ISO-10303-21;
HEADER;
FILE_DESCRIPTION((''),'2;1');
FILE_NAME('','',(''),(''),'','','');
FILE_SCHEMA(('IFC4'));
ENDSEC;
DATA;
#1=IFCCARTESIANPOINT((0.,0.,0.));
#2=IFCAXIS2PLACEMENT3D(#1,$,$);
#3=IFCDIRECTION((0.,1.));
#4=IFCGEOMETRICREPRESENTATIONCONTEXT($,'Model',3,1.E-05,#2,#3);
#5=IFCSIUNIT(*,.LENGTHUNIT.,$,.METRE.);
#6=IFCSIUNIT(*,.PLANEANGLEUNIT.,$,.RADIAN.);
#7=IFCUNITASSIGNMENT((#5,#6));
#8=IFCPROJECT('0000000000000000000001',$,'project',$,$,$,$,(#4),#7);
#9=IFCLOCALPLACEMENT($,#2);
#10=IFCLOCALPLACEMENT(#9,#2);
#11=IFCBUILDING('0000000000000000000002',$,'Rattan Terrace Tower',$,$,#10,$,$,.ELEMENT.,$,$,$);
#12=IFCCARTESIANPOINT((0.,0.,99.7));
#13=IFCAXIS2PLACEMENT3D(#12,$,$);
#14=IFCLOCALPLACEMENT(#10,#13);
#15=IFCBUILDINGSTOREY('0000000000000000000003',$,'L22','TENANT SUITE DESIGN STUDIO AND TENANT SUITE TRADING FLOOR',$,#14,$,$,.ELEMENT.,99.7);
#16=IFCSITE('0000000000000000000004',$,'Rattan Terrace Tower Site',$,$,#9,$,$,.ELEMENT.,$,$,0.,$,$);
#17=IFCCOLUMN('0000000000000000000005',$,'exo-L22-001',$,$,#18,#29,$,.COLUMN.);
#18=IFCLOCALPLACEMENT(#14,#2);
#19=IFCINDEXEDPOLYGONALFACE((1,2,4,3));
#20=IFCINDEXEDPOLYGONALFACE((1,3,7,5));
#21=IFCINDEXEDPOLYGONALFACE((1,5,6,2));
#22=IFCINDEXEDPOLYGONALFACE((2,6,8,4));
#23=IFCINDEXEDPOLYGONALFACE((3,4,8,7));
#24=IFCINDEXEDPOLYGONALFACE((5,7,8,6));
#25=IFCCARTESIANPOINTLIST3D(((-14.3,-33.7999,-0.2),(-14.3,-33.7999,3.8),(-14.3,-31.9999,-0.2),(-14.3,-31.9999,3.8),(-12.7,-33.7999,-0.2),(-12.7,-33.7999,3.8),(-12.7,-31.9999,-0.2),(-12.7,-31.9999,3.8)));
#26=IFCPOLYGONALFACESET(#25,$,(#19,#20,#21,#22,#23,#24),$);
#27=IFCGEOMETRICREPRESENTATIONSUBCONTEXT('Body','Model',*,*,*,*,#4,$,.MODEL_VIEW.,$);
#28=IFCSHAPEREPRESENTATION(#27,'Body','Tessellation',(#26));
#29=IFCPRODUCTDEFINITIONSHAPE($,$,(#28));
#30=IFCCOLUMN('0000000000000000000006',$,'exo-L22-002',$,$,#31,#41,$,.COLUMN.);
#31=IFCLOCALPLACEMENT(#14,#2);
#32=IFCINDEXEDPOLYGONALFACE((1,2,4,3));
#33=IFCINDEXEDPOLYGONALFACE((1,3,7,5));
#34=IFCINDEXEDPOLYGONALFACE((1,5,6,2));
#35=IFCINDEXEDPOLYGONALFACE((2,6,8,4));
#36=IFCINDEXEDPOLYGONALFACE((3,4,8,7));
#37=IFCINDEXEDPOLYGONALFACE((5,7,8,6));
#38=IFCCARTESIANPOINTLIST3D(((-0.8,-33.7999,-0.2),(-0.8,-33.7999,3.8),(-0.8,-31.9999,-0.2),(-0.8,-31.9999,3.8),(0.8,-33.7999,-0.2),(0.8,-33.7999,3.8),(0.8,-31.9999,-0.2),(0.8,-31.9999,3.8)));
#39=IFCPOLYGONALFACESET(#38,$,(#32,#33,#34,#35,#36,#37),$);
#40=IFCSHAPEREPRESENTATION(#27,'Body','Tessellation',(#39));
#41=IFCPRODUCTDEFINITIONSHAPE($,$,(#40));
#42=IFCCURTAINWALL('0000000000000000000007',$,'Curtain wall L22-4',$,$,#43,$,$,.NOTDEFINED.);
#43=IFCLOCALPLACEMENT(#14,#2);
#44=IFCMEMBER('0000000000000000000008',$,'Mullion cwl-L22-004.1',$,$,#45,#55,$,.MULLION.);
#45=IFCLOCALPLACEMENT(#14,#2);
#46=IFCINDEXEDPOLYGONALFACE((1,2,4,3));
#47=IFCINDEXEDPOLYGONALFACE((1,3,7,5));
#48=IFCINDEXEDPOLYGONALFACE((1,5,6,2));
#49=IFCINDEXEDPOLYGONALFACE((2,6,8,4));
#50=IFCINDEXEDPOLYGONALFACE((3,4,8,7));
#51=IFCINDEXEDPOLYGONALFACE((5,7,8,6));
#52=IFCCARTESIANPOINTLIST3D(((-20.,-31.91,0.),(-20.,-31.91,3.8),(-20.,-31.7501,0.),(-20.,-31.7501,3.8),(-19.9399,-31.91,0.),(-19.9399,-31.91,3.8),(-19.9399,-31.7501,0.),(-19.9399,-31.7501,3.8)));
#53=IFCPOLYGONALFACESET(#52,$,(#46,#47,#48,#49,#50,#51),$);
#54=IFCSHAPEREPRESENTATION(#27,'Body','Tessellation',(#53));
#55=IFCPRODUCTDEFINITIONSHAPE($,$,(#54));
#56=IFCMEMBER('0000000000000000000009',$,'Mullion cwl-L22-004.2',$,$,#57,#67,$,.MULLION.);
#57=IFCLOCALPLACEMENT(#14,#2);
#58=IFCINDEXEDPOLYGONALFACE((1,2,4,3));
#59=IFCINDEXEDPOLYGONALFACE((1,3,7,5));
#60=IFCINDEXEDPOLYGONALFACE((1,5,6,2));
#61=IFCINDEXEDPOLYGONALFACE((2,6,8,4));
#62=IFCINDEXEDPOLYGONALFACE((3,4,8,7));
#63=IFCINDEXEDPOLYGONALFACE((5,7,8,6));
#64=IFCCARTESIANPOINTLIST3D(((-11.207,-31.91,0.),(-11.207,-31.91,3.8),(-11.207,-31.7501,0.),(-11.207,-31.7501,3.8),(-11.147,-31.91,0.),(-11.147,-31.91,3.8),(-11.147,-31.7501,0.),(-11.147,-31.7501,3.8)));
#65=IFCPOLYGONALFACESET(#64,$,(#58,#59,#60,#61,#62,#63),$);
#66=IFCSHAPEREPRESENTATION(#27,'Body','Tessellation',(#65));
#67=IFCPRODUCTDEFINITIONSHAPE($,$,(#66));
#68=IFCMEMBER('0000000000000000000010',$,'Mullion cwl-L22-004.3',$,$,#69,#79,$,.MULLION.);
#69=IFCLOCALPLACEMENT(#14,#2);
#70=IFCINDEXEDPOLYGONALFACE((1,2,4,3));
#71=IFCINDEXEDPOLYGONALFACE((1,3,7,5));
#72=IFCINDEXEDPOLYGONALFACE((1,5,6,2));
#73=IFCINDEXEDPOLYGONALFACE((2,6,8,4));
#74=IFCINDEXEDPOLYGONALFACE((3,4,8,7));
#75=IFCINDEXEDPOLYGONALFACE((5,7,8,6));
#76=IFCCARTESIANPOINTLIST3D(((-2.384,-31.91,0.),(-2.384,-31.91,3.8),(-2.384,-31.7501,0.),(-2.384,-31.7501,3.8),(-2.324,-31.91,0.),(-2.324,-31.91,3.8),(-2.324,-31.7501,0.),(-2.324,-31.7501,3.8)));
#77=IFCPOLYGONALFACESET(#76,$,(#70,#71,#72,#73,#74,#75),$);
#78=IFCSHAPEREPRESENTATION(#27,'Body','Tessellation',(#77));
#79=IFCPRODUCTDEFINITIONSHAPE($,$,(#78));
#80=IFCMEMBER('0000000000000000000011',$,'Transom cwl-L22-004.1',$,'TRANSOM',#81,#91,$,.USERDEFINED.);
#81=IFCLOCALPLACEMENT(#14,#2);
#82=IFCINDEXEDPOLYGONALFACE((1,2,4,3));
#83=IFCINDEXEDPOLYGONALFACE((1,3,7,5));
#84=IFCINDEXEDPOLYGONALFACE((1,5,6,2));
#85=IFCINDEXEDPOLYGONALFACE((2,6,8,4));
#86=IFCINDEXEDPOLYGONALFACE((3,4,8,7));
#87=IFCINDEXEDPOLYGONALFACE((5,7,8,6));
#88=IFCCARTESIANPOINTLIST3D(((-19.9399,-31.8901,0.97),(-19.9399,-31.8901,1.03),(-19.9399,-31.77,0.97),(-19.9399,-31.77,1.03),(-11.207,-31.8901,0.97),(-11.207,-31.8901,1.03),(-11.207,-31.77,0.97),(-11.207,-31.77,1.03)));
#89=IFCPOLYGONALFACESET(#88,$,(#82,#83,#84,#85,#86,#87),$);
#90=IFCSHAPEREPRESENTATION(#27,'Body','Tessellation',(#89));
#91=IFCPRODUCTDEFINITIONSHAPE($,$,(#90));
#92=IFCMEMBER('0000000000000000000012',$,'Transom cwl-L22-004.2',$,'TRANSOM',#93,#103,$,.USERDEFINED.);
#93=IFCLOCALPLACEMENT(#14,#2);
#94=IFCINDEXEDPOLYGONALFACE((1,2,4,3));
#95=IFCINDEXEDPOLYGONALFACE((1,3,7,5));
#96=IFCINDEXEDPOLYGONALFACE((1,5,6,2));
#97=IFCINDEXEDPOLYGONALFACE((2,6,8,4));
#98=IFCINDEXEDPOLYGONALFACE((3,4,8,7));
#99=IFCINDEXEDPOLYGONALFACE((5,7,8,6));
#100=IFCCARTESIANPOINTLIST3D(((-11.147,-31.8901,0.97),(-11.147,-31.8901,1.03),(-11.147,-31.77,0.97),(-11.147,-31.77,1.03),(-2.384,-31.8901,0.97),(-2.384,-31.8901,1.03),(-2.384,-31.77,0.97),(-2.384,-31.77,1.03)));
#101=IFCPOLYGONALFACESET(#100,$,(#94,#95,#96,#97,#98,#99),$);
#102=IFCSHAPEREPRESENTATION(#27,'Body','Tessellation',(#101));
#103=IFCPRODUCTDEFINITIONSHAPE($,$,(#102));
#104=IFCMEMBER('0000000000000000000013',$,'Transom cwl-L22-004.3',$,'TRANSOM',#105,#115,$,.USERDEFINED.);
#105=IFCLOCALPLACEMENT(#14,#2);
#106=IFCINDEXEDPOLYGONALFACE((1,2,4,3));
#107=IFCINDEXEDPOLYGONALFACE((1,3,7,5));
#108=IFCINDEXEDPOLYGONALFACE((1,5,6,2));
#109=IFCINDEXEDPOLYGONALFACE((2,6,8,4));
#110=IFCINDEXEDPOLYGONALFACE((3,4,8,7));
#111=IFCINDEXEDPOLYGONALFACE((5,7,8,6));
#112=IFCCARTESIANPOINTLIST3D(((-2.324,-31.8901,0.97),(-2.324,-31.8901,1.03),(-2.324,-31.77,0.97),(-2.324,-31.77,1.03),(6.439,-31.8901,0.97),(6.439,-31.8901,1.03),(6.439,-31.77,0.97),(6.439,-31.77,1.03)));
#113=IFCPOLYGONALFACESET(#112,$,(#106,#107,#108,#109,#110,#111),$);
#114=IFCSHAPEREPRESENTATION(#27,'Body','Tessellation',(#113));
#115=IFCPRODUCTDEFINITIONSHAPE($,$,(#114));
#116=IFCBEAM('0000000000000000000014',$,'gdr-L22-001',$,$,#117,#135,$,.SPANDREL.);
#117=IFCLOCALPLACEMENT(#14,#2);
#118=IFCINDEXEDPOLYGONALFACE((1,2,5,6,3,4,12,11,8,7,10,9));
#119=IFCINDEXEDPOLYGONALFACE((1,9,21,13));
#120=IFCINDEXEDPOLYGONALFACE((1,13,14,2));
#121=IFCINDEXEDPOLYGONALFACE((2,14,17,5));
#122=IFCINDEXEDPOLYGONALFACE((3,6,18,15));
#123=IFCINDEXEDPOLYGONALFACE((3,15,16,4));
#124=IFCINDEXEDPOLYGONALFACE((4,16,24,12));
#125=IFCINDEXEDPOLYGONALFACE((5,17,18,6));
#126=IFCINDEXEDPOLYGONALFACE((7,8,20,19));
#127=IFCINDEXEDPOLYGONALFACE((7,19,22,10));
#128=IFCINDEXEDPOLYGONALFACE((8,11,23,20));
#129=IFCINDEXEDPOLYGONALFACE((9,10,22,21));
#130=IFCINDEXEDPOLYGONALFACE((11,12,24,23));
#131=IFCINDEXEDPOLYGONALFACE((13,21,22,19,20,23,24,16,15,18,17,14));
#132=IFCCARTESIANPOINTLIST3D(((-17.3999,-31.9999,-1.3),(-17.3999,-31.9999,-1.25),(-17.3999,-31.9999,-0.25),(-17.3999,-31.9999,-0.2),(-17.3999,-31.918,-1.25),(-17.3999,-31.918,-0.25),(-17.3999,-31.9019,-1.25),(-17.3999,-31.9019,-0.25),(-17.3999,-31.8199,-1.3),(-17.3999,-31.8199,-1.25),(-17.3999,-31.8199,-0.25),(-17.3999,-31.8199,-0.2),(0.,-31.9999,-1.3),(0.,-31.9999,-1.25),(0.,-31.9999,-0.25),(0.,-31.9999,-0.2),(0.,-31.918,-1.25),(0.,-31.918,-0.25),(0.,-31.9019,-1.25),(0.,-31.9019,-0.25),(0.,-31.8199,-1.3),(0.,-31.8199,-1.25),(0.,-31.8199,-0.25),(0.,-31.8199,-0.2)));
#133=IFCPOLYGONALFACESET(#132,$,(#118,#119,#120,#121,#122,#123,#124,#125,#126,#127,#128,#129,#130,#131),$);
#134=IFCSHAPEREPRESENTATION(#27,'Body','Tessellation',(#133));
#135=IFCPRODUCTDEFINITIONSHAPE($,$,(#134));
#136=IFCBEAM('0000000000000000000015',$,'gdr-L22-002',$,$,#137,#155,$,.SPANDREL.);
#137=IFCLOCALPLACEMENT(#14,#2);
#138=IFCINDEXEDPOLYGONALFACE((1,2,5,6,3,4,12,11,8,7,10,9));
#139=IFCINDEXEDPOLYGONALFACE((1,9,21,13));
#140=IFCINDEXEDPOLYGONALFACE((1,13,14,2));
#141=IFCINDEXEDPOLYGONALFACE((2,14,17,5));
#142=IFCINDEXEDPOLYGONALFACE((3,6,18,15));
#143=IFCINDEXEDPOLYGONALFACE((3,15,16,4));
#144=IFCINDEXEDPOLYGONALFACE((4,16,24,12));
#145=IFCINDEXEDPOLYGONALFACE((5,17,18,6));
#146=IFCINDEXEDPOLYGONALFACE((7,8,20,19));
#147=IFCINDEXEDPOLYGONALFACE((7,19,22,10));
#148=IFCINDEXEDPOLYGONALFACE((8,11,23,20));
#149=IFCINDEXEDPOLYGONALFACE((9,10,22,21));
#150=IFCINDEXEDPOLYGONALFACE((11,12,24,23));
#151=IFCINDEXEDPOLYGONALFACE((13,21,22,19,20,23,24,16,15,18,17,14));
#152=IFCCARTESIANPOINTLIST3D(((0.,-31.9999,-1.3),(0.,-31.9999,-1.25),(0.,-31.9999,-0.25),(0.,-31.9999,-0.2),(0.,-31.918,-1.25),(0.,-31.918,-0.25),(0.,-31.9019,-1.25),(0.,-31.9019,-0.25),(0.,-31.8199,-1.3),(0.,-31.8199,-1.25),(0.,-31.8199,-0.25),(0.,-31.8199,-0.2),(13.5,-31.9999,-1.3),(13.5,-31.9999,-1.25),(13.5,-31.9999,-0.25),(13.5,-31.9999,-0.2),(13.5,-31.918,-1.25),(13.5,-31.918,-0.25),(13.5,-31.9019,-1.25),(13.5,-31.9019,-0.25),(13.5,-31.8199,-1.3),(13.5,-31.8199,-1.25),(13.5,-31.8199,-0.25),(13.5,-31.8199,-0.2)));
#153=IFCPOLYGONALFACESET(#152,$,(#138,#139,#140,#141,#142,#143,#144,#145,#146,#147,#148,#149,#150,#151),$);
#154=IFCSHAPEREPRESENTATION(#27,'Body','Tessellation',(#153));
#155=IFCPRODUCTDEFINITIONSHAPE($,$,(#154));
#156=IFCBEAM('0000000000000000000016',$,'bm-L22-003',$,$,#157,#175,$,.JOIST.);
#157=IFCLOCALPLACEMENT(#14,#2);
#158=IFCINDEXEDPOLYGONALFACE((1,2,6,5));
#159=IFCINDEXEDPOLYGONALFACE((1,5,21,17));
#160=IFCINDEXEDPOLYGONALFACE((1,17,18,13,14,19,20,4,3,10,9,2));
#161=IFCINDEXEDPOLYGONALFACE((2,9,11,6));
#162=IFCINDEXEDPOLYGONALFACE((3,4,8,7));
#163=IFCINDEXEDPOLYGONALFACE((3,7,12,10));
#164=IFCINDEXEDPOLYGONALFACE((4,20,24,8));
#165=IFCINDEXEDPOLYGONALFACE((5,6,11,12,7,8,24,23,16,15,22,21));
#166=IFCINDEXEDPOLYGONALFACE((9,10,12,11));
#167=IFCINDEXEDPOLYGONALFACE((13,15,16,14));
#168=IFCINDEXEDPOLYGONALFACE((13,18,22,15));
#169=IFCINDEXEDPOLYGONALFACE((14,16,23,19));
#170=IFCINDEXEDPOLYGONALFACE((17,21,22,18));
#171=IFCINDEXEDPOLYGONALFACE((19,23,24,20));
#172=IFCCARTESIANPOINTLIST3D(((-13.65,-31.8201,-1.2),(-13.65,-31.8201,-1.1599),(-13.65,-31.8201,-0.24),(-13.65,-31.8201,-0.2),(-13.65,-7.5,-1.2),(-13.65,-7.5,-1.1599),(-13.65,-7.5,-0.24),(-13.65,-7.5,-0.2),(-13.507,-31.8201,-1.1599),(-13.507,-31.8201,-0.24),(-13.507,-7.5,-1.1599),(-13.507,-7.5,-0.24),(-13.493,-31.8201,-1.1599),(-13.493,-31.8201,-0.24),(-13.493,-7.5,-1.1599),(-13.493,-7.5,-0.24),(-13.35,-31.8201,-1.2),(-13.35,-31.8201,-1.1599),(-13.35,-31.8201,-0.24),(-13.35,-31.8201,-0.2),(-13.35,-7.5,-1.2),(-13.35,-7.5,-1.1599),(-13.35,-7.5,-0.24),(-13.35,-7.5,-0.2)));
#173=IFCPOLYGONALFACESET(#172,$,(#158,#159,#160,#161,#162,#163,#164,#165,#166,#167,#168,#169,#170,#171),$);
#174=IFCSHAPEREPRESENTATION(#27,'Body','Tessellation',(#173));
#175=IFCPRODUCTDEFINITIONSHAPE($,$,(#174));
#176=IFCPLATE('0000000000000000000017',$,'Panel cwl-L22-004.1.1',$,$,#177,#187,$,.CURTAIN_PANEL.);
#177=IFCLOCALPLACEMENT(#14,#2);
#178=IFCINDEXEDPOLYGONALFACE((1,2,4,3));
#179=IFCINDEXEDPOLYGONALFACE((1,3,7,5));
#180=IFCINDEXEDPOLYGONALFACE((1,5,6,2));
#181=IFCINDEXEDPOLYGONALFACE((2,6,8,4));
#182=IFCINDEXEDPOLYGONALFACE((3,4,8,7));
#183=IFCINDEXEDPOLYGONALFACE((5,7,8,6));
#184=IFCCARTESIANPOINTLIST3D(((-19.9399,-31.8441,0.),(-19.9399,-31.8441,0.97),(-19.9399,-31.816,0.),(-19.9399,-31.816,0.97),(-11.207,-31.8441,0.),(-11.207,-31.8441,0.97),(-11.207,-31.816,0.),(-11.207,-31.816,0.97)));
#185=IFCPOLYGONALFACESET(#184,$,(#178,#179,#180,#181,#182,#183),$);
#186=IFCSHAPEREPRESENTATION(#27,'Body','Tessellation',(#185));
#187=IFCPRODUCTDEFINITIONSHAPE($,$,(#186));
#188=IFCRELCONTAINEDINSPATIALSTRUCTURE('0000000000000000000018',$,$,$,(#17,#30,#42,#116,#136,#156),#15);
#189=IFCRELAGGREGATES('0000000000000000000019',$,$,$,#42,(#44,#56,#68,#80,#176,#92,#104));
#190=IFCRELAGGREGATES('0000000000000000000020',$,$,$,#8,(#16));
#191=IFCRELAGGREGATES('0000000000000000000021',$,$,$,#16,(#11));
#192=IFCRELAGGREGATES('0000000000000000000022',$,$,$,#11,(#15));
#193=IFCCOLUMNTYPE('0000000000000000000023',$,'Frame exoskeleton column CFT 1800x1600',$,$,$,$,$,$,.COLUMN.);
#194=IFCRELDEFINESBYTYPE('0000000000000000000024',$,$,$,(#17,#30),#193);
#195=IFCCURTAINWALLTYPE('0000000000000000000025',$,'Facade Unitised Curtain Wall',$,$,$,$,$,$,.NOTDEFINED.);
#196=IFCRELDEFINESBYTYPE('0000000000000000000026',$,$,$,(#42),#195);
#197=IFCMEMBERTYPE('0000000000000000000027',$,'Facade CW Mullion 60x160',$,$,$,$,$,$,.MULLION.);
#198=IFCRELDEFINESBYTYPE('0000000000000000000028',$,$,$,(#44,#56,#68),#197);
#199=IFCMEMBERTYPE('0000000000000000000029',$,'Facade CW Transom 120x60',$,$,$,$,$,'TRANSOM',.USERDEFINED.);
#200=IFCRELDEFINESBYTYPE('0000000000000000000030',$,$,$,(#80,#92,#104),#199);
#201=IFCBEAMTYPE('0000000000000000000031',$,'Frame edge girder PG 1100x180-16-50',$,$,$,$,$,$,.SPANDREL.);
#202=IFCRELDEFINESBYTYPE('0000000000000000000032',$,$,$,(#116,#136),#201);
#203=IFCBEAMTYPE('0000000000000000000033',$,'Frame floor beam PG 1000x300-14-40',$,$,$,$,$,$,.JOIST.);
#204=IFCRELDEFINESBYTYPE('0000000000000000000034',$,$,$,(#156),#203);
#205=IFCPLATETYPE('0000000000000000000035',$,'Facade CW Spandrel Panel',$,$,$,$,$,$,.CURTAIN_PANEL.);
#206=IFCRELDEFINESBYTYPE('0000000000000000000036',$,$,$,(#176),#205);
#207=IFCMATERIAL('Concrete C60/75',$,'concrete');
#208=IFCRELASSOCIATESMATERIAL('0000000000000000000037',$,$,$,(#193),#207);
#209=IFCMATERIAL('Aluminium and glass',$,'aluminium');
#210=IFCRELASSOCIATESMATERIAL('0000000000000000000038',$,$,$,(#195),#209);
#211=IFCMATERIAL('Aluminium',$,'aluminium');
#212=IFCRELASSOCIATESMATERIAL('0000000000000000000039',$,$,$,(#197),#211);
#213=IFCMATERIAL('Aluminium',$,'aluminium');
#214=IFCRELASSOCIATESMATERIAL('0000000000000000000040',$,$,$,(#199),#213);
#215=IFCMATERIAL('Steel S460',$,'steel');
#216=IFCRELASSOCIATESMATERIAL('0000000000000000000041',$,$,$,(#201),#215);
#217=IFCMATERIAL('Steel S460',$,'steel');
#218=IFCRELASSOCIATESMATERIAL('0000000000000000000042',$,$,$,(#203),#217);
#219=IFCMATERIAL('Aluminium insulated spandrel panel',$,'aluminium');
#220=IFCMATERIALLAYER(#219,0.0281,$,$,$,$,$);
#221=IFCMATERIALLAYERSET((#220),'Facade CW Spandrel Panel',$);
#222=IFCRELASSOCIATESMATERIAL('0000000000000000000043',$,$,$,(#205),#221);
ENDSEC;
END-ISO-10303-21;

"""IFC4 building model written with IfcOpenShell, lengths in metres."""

from ifc_helpers import new_model, si_unit, direction, frame, origin, origin_2d, place, context, subcontext, project, spatial, rectangle, i_section, extrude, material, layer, layer_set, material_profile, profile_set, type_object, element, aggregate, save


model = new_model("IFC4")

# Units and contexts
model_context = context("Model", 3, precision=1e-05, world=origin(), true_north=direction((0.0, 1.0)))
body_context = subcontext(model_context, "Body", "Model", "MODEL_VIEW")
ifc_project = project(units=[si_unit("LENGTHUNIT", "METRE"), si_unit("PLANEANGLEUNIT", "RADIAN")], contexts=[model_context])

# Site, building, storey
site_placement = place(None, origin())
site = spatial("IfcSite", under=ifc_project, at=site_placement, Name="Rattan Terrace Tower Site", CompositionType="ELEMENT", RefElevation=0.0)
building_placement = place(site_placement, origin())
building = spatial("IfcBuilding", under=site, at=building_placement, Name="Rattan Terrace Tower", CompositionType="ELEMENT")
storey_placement = place(building_placement, frame((0.0, 0.0, 99.7)))
storey = spatial("IfcBuildingStorey", under=building, at=storey_placement, Name="L22", Description="TENANT SUITE DESIGN STUDIO AND TENANT SUITE TRADING FLOOR", CompositionType="ELEMENT", Elevation=99.7)

# Columns
ifc_material_1 = material(Name="Concrete C60/75", Category="concrete")
ifc_material_profile_1 = material_profile(ifc_material_1, rectangle(XDim=1.6001, YDim=1.8, at=origin_2d()), Name="CFT 1800x1600")
ifc_profile_set_1 = profile_set([ifc_material_profile_1], Name="Concrete C60/75")
column_type = type_object("IfcColumnType", Name="Frame exoskeleton column CFT 1800x1600", PredefinedType="COLUMN", material=ifc_profile_set_1)
for number, where, z_axis, x_axis, name in (
    (1, (-13.5, -32.8999, -0.2), (0.0, 0.0, 1.0), (1.0, 0.0, 0.0), "exo-L22-001"),
    (2, (0.0, -32.8999, -0.2), (0.0, 0.0, 1.0), (1.0, 0.0, 0.0), "exo-L22-002"),
):
    element("IfcColumn", number, at=place(storey_placement, frame(where, z_axis=z_axis, x_axis=x_axis)), inside=storey, type_object=column_type, Name=name, PredefinedType="COLUMN", context=body_context, shape_type="SweptSolid", body=[
        extrude(rectangle(XDim=1.6001, YDim=1.8, at=origin_2d()), origin(), (0.0, 0.0, 1.0), 4.0),
    ])

# Curtain wall, members
ifc_material_2 = material(Name="Aluminium and glass", Category="aluminium")
curtain_wall_type = type_object("IfcCurtainWallType", Name="Facade Unitised Curtain Wall", PredefinedType="NOTDEFINED", material=ifc_material_2)
curtain_wall_placement = place(storey_placement, origin())
curtain_wall = element("IfcCurtainWall", 3, at=curtain_wall_placement, inside=storey, type_object=curtain_wall_type, Name="Curtain wall L22-4", PredefinedType="NOTDEFINED")
ifc_material_3 = material(Name="Aluminium", Category="aluminium")
ifc_material_profile_2 = material_profile(ifc_material_3, rectangle(XDim=0.0601, YDim=0.1599, at=origin_2d()), Name="Aluminium 60x160")
ifc_profile_set_2 = profile_set([ifc_material_profile_2], Name="Aluminium")
member_type_1 = type_object("IfcMemberType", Name="Facade CW Mullion 60x160", PredefinedType="MULLION", material=ifc_profile_set_2)
member_1_placement = place(storey_placement, frame((-19.97, -31.8301, 0.0), z_axis=(0.0, 0.0, 1.0), x_axis=(1.0, 0.0, 0.0)))
member_1 = element("IfcMember", 4, at=member_1_placement, type_object=member_type_1, Name="Mullion cwl-L22-004.1", PredefinedType="MULLION", context=body_context, shape_type="SweptSolid", body=[
    extrude(rectangle(XDim=0.0601, YDim=0.1599, at=origin_2d()), origin(), (0.0, 0.0, 1.0), 3.8),
])
member_2_placement = place(storey_placement, frame((-11.177, -31.8301, 0.0), z_axis=(0.0, 0.0, 1.0), x_axis=(1.0, 0.0, 0.0)))
member_2 = element("IfcMember", 5, at=member_2_placement, type_object=member_type_1, Name="Mullion cwl-L22-004.2", PredefinedType="MULLION", context=body_context, shape_type="SweptSolid", body=[
    extrude(rectangle(XDim=0.0601, YDim=0.1599, at=origin_2d()), origin(), (0.0, 0.0, 1.0), 3.8),
])
member_3_placement = place(storey_placement, frame((-2.354, -31.8301, 0.0), z_axis=(0.0, 0.0, 1.0), x_axis=(1.0, 0.0, 0.0)))
member_3 = element("IfcMember", 6, at=member_3_placement, type_object=member_type_1, Name="Mullion cwl-L22-004.3", PredefinedType="MULLION", context=body_context, shape_type="SweptSolid", body=[
    extrude(rectangle(XDim=0.0601, YDim=0.1599, at=origin_2d()), origin(), (0.0, 0.0, 1.0), 3.8),
])
ifc_material_4 = material(Name="Aluminium", Category="aluminium")
ifc_material_profile_3 = material_profile(ifc_material_4, rectangle(XDim=0.1201, YDim=0.0601, at=origin_2d()), Name="Aluminium 120x60")
ifc_profile_set_3 = profile_set([ifc_material_profile_3], Name="Aluminium")
member_type_2 = type_object("IfcMemberType", Name="Facade CW Transom 120x60", ElementType="TRANSOM", PredefinedType="USERDEFINED", material=ifc_profile_set_3)
member_4_placement = place(storey_placement, frame((-19.9399, -31.8301, 1.0), z_axis=(1.0, 0.0, 0.0), x_axis=(0.0, 1.0, 0.0)))
member_4 = element("IfcMember", 7, at=member_4_placement, type_object=member_type_2, Name="Transom cwl-L22-004.1", ObjectType="TRANSOM", PredefinedType="USERDEFINED", context=body_context, shape_type="SweptSolid", body=[
    extrude(rectangle(XDim=0.1201, YDim=0.0601, at=origin_2d()), origin(), (0.0, 0.0, 1.0), 8.7329),
])
member_5_placement = place(storey_placement, frame((-11.147, -31.8301, 1.0), z_axis=(1.0, 0.0, 0.0), x_axis=(0.0, 1.0, 0.0)))
member_5 = element("IfcMember", 8, at=member_5_placement, type_object=member_type_2, Name="Transom cwl-L22-004.2", ObjectType="TRANSOM", PredefinedType="USERDEFINED", context=body_context, shape_type="SweptSolid", body=[
    extrude(rectangle(XDim=0.1201, YDim=0.0601, at=origin_2d()), origin(), (0.0, 0.0, 1.0), 8.7629),
])
member_6_placement = place(storey_placement, frame((-2.324, -31.8301, 1.0), z_axis=(1.0, 0.0, 0.0), x_axis=(0.0, 1.0, 0.0)))
member_6 = element("IfcMember", 9, at=member_6_placement, type_object=member_type_2, Name="Transom cwl-L22-004.3", ObjectType="TRANSOM", PredefinedType="USERDEFINED", context=body_context, shape_type="SweptSolid", body=[
    extrude(rectangle(XDim=0.1201, YDim=0.0601, at=origin_2d()), origin(), (0.0, 0.0, 1.0), 8.7629),
])

# Beams
ifc_material_5 = material(Name="Steel S460", Category="steel")
ifc_material_profile_4 = material_profile(ifc_material_5, i_section(OverallWidth=0.1799, OverallDepth=1.1001, WebThickness=0.0161, FlangeThickness=0.05, at=origin_2d()), Name="PG 1100x180-16-50")
ifc_profile_set_4 = profile_set([ifc_material_profile_4], Name="Steel S460")
beam_type_1 = type_object("IfcBeamType", Name="Frame edge girder PG 1100x180-16-50", PredefinedType="SPANDREL", material=ifc_profile_set_4)
beam_1_placement = place(storey_placement, frame((-17.3999, -31.9099, -0.75), z_axis=(1.0, 0.0, 0.0), x_axis=(0.0, 1.0, 0.0)))
element("IfcBeam", 10, at=beam_1_placement, inside=storey, type_object=beam_type_1, Name="gdr-L22-001", PredefinedType="SPANDREL", context=body_context, shape_type="SweptSolid", body=[
    extrude(i_section(OverallWidth=0.1799, OverallDepth=1.1001, WebThickness=0.0161, FlangeThickness=0.05, at=origin_2d()), origin(), (0.0, 0.0, 1.0), 17.3999),
])
beam_2_placement = place(storey_placement, frame((0.0, -31.9099, -0.75), z_axis=(1.0, 0.0, 0.0), x_axis=(0.0, 1.0, 0.0)))
element("IfcBeam", 11, at=beam_2_placement, inside=storey, type_object=beam_type_1, Name="gdr-L22-002", PredefinedType="SPANDREL", context=body_context, shape_type="SweptSolid", body=[
    extrude(i_section(OverallWidth=0.1799, OverallDepth=1.1001, WebThickness=0.0161, FlangeThickness=0.05, at=origin_2d()), origin(), (0.0, 0.0, 1.0), 13.5),
])
ifc_material_6 = material(Name="Steel S460", Category="steel")
ifc_material_profile_5 = material_profile(ifc_material_6, i_section(OverallWidth=0.3, OverallDepth=1.0, WebThickness=0.0139, FlangeThickness=0.04, at=origin_2d()), Name="PG 1000x300-14-40")
ifc_profile_set_5 = profile_set([ifc_material_profile_5], Name="Steel S460")
beam_type_2 = type_object("IfcBeamType", Name="Frame floor beam PG 1000x300-14-40", PredefinedType="JOIST", material=ifc_profile_set_5)
beam_3_placement = place(storey_placement, frame((-13.5, -31.8201, -0.7), z_axis=(0.0, 1.0, 0.0), x_axis=(-1.0, 0.0, 0.0)))
element("IfcBeam", 12, at=beam_3_placement, inside=storey, type_object=beam_type_2, Name="bm-L22-003", PredefinedType="JOIST", context=body_context, shape_type="SweptSolid", body=[
    extrude(i_section(OverallWidth=0.3, OverallDepth=1.0, WebThickness=0.0139, FlangeThickness=0.04, at=origin_2d()), origin(), (0.0, 0.0, 1.0), 24.3201),
])

# Plate
ifc_material_7 = material(Name="Aluminium insulated spandrel panel", Category="aluminium")
ifc_layer_1 = layer(ifc_material_7, 0.0281)
ifc_layer_set_1 = layer_set([ifc_layer_1], Name="Facade CW Spandrel Panel")
plate_type_1 = type_object("IfcPlateType", Name="Facade CW Spandrel Panel", PredefinedType="CURTAIN_PANEL", material=ifc_layer_set_1)
plate_1_placement = place(storey_placement, frame((-15.5735, -31.8301, 0.0), z_axis=(0.0, 0.0, 1.0), x_axis=(1.0, 0.0, 0.0)))
plate_1 = element("IfcPlate", 13, at=plate_1_placement, type_object=plate_type_1, Name="Panel cwl-L22-004.1.1", PredefinedType="CURTAIN_PANEL", context=body_context, shape_type="SweptSolid", body=[
    extrude(rectangle(XDim=8.7329, YDim=0.0281, at=origin_2d()), origin(), (0.0, 0.0, 1.0), 0.97),
])
aggregate(curtain_wall, [member_1, member_2, member_3, member_4, plate_1, member_5, member_6])

save(model, "model.ifc")
